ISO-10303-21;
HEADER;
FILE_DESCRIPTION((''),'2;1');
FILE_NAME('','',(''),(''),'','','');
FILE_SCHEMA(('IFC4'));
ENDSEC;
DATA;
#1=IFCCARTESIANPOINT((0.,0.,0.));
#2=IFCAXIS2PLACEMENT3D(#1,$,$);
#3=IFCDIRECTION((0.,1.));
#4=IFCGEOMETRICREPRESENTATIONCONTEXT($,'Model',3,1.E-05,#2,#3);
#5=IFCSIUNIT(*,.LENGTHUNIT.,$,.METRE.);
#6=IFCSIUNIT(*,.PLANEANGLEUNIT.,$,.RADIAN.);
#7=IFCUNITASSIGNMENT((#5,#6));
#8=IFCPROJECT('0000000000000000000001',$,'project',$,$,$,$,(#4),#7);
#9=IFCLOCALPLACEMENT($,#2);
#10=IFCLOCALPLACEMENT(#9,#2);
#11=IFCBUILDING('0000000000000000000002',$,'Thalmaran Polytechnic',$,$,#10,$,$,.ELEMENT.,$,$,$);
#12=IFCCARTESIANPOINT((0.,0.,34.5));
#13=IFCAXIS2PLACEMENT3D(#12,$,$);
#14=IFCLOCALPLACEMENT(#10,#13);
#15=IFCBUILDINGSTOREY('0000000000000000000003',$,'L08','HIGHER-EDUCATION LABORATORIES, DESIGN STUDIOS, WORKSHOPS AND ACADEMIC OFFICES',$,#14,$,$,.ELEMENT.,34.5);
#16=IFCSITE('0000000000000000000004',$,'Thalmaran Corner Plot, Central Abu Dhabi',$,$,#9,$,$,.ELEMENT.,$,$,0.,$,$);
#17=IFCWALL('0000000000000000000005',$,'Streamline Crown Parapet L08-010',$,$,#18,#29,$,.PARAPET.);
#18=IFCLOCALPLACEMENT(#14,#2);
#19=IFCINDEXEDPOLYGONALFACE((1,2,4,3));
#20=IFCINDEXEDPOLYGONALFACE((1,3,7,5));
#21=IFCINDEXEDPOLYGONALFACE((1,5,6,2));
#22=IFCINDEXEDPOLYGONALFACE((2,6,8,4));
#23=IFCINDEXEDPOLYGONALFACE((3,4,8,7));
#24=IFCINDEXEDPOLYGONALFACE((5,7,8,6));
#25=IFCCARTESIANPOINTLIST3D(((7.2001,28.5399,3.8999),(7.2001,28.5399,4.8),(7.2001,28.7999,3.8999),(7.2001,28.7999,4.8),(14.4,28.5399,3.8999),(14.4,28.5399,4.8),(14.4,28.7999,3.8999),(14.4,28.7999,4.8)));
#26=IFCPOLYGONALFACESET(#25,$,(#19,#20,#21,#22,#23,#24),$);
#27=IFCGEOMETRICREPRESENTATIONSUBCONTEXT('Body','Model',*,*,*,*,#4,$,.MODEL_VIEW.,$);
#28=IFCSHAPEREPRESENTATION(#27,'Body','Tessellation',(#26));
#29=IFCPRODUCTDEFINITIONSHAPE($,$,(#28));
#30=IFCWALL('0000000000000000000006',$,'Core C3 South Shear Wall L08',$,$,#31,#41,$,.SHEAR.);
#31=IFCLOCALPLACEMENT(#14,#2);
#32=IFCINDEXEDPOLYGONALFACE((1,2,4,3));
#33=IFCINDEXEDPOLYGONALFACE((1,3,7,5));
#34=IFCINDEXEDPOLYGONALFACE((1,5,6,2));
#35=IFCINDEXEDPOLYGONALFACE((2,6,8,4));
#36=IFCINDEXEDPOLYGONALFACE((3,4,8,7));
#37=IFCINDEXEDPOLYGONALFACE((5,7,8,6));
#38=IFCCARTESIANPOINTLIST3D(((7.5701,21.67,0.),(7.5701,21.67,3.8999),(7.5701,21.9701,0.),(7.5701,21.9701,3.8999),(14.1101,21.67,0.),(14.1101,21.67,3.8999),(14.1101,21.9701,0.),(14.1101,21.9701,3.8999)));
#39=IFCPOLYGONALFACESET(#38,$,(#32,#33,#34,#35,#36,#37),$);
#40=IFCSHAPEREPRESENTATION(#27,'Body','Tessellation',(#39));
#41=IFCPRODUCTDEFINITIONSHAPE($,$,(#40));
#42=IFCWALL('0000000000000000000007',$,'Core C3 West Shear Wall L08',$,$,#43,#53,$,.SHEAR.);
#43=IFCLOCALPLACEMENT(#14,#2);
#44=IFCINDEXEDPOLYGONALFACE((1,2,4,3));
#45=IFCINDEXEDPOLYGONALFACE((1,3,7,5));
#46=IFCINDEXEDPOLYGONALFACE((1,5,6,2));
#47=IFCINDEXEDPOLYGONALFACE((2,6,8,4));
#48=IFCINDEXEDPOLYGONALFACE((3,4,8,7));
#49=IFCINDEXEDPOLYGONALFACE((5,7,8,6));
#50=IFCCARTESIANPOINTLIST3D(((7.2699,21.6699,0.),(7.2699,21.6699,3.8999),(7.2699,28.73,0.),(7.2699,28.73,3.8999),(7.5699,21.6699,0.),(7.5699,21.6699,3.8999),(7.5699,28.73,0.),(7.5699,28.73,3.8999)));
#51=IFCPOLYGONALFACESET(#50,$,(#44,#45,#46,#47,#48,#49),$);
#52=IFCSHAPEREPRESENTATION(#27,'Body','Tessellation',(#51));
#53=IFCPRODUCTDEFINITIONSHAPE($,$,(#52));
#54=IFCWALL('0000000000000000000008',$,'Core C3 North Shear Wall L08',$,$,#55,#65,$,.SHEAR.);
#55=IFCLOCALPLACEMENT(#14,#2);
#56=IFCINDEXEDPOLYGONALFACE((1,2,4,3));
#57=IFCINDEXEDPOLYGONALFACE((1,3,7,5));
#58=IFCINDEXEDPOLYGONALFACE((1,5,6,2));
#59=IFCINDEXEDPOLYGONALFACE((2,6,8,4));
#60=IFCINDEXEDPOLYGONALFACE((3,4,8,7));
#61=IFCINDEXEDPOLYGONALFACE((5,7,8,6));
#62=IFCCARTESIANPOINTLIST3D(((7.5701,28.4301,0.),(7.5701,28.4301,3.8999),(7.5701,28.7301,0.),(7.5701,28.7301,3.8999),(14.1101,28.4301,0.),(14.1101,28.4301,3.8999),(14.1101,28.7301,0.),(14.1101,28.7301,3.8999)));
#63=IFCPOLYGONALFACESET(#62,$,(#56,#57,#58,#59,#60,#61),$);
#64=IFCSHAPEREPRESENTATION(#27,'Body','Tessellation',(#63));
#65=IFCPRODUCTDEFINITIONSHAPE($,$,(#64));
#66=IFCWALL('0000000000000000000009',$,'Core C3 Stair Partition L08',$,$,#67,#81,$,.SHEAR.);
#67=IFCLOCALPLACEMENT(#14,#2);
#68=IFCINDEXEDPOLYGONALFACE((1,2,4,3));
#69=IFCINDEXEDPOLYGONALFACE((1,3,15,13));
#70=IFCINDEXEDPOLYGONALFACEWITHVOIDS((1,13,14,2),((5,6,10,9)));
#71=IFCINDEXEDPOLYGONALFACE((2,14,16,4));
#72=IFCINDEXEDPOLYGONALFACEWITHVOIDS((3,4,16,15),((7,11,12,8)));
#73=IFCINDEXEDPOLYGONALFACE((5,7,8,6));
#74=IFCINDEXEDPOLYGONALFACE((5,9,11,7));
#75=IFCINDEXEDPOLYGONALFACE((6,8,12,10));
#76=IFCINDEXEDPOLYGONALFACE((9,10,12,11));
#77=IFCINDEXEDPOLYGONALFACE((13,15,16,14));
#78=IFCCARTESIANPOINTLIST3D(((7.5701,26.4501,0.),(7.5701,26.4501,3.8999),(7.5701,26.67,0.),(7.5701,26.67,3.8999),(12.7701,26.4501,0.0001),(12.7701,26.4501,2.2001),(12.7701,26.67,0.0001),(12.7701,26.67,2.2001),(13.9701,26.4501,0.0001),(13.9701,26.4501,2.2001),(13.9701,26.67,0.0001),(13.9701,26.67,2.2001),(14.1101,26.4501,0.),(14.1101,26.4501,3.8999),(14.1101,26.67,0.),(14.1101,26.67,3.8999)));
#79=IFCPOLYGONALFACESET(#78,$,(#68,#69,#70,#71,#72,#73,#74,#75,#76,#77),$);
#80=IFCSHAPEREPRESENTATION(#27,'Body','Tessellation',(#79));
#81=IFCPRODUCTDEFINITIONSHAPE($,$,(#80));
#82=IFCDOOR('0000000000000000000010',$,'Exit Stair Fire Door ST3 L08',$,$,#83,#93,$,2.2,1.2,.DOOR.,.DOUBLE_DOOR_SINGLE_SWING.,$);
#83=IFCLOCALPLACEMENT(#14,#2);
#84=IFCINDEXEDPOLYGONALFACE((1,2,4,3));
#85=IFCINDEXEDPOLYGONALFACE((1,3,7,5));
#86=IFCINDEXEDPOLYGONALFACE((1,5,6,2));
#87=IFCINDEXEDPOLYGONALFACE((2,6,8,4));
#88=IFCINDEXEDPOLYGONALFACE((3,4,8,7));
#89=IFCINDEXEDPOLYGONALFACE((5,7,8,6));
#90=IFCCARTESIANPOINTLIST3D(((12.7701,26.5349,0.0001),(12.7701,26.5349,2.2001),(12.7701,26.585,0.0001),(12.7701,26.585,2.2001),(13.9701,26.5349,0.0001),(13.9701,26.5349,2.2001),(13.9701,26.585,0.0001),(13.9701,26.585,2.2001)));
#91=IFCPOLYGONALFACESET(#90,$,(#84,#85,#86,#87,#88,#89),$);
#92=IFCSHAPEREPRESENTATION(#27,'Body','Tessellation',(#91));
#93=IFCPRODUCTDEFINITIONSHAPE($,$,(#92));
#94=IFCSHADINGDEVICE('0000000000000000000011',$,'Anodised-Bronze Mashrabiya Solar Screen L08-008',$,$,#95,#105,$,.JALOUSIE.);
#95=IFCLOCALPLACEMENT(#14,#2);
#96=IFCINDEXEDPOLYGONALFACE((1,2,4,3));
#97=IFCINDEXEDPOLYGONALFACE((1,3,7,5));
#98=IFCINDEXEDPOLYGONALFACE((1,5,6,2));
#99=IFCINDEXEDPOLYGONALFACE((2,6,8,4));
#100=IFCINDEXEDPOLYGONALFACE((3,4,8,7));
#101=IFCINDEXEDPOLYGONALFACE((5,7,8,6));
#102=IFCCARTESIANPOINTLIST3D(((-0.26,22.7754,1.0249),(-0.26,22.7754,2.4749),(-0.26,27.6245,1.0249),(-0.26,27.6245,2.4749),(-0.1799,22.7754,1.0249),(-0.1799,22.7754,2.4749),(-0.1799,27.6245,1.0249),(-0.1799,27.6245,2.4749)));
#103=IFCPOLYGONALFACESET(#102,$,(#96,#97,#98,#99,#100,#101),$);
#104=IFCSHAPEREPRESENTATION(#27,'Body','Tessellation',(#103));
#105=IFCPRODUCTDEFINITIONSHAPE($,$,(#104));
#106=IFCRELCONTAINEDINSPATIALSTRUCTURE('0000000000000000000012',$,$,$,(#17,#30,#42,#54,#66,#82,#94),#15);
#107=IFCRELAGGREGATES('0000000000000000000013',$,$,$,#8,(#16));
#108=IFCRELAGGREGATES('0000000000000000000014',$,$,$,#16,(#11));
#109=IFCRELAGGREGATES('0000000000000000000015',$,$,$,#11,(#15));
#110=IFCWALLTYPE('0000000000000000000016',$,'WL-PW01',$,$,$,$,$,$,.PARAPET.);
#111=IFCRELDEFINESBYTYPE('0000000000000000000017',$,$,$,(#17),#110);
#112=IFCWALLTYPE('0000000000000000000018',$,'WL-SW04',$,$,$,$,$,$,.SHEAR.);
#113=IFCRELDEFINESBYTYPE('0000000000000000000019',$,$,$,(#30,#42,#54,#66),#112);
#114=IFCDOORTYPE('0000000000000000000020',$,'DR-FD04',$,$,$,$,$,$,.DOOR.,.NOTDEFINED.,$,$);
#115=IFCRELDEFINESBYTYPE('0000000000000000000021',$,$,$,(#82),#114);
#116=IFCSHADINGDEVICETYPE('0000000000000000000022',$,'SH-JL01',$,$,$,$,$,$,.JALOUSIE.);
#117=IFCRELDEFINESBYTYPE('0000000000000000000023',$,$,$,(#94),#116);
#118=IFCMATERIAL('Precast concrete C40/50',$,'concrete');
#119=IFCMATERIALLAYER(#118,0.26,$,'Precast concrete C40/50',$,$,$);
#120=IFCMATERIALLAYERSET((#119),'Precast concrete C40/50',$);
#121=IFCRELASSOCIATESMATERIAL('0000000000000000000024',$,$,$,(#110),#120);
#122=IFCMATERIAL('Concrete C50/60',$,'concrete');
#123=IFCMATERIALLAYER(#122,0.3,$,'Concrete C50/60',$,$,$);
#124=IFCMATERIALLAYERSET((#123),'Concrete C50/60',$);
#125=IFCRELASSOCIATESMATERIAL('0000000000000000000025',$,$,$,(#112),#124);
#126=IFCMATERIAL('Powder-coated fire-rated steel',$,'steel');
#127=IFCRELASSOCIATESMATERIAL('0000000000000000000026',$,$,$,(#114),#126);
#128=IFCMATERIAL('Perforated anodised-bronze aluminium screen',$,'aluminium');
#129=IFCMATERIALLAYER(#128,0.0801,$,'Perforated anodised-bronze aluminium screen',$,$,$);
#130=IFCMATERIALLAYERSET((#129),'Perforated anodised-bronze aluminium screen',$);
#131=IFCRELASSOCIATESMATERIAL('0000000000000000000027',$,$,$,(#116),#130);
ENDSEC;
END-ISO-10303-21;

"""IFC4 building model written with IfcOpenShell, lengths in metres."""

from ifc_helpers import new_model, si_unit, direction, frame, frame_2d, origin, origin_2d, place, context, subcontext, project, spatial, rectangle, extrude, material, layer, layer_set, type_object, element, fill, save


model = new_model("IFC4")

# Units and contexts
model_context = context("Model", 3, precision=1e-05, world=origin(), true_north=direction((0.0, 1.0)))
body_context = subcontext(model_context, "Body", "Model", "MODEL_VIEW")
ifc_project = project(units=[si_unit("LENGTHUNIT", "METRE"), si_unit("PLANEANGLEUNIT", "RADIAN")], contexts=[model_context])

# Site, building, storey
site_placement = place(None, origin())
site = spatial("IfcSite", under=ifc_project, at=site_placement, Name="Thalmaran Corner Plot, Central Abu Dhabi", CompositionType="ELEMENT", RefElevation=0.0)
building_placement = place(site_placement, origin())
building = spatial("IfcBuilding", under=site, at=building_placement, Name="Thalmaran Polytechnic", CompositionType="ELEMENT")
storey_placement = place(building_placement, frame((0.0, 0.0, 34.5)))
storey = spatial("IfcBuildingStorey", under=building, at=storey_placement, Name="L08", Description="HIGHER-EDUCATION LABORATORIES, DESIGN STUDIOS, WORKSHOPS AND ACADEMIC OFFICES", CompositionType="ELEMENT", Elevation=34.5)

# Shared definitions
ifc_material_1 = material(Name="Precast concrete C40/50", Category="concrete")

# Walls
ifc_layer_1 = layer(ifc_material_1, 0.26, Name="Precast concrete C40/50")
ifc_layer_set_1 = layer_set([ifc_layer_1], Name="Precast concrete C40/50")
wall_type_1 = type_object("IfcWallType", Name="WL-PW01", PredefinedType="PARAPET", material=ifc_layer_set_1)
wall_1_placement = place(storey_placement, frame((7.2, 28.6699, 3.8999), z_axis=(0.0, 0.0, 1.0), x_axis=(1.0, 0.0, 0.0)))
element("IfcWall", 1, at=wall_1_placement, inside=storey, type_object=wall_type_1, Name="Streamline Crown Parapet L08-010", PredefinedType="PARAPET", context=body_context, shape_type="SweptSolid", body=[
    extrude(rectangle(XDim=7.2, YDim=0.26, at=frame_2d((3.6001, 0.0))), origin(), (0.0, 0.0, 1.0), 0.9001),
])
ifc_material_2 = material(Name="Concrete C50/60", Category="concrete")
ifc_layer_2 = layer(ifc_material_2, 0.3, Name="Concrete C50/60")
ifc_layer_set_2 = layer_set([ifc_layer_2], Name="Concrete C50/60")
wall_type_2 = type_object("IfcWallType", Name="WL-SW04", PredefinedType="SHEAR", material=ifc_layer_set_2)
wall_2_placement = place(storey_placement, frame((7.5701, 21.8201, 0.0), z_axis=(0.0, 0.0, 1.0), x_axis=(1.0, 0.0, 0.0)))
element("IfcWall", 2, at=wall_2_placement, inside=storey, type_object=wall_type_2, Name="Core C3 South Shear Wall L08", PredefinedType="SHEAR", context=body_context, shape_type="SweptSolid", body=[
    extrude(rectangle(XDim=6.54, YDim=0.3, at=frame_2d((3.27, 0.0))), origin(), (0.0, 0.0, 1.0), 3.8999),
])
wall_3_placement = place(storey_placement, frame((7.4199, 28.73, 0.0), z_axis=(0.0, 0.0, 1.0), x_axis=(0.0, -1.0, 0.0)))
element("IfcWall", 3, at=wall_3_placement, inside=storey, type_object=wall_type_2, Name="Core C3 West Shear Wall L08", PredefinedType="SHEAR", context=body_context, shape_type="SweptSolid", body=[
    extrude(rectangle(XDim=7.0601, YDim=0.3, at=frame_2d((3.53, 0.0))), origin(), (0.0, 0.0, 1.0), 3.8999),
])
wall_4_placement = place(storey_placement, frame((7.5701, 28.5801, 0.0), z_axis=(0.0, 0.0, 1.0), x_axis=(1.0, 0.0, 0.0)))
element("IfcWall", 4, at=wall_4_placement, inside=storey, type_object=wall_type_2, Name="Core C3 North Shear Wall L08", PredefinedType="SHEAR", context=body_context, shape_type="SweptSolid", body=[
    extrude(rectangle(XDim=6.54, YDim=0.3, at=frame_2d((3.27, 0.0))), origin(), (0.0, 0.0, 1.0), 3.8999),
])

# Wall, opening, door
wall_5_placement = place(storey_placement, frame((7.5701, 26.5601, 0.0), z_axis=(0.0, 0.0, 1.0), x_axis=(1.0, 0.0, 0.0)))
wall_5 = element("IfcWall", 5, at=wall_5_placement, inside=storey, type_object=wall_type_2, Name="Core C3 Stair Partition L08", PredefinedType="SHEAR", context=body_context, shape_type="SweptSolid", body=[
    extrude(rectangle(XDim=6.54, YDim=0.22, at=frame_2d((3.27, 0.0))), origin(), (0.0, 0.0, 1.0), 3.8999),
])
opening_1_placement = place(wall_5_placement, frame((5.2, 0.0, 0.0)))
opening_1 = element("IfcOpeningElement", 6, at=opening_1_placement, cuts=wall_5, PredefinedType="OPENING", context=body_context, shape_type="SweptSolid", body=[
    extrude(rectangle(XDim=1.2, YDim=2.2, at=frame_2d((0.6001, 1.1001))), frame((0.0, 0.1199, 0.0), z_axis=(0.0, -1.0, 0.0), x_axis=(1.0, 0.0, 0.0)), (0.0, 0.0, 1.0), 0.24),
])
ifc_material_3 = material(Name="Powder-coated fire-rated steel", Category="steel")
door_type = type_object("IfcDoorType", Name="DR-FD04", OperationType="NOTDEFINED", PredefinedType="DOOR", material=ifc_material_3)
door_placement = place(opening_1_placement, origin())
door = element("IfcDoor", 7, at=door_placement, inside=storey, type_object=door_type, Name="Exit Stair Fire Door ST3 L08", OperationType="DOUBLE_DOOR_SINGLE_SWING", OverallHeight=2.2, OverallWidth=1.2, PredefinedType="DOOR", context=body_context, shape_type="SweptSolid", body=[
    extrude(rectangle(XDim=1.2, YDim=2.2, at=frame_2d((0.6001, 1.1001))), frame((0.0, 0.0249, 0.0), z_axis=(0.0, -1.0, 0.0), x_axis=(1.0, 0.0, 0.0)), (0.0, 0.0, 1.0), 0.05),
])
fill(opening_1, door)

# Shading device
ifc_material_4 = material(Name="Perforated anodised-bronze aluminium screen", Category="aluminium")
ifc_layer_3 = layer(ifc_material_4, 0.0801, Name="Perforated anodised-bronze aluminium screen")
ifc_layer_set_3 = layer_set([ifc_layer_3], Name="Perforated anodised-bronze aluminium screen")
shading_device_type = type_object("IfcShadingDeviceType", Name="SH-JL01", PredefinedType="JALOUSIE", material=ifc_layer_set_3)
shading_device_placement = place(storey_placement, frame((-0.22, 25.2, 1.0249), z_axis=(0.0, 0.0, 1.0), x_axis=(0.0, 1.0, 0.0)))
element("IfcShadingDevice", 8, at=shading_device_placement, inside=storey, type_object=shading_device_type, Name="Anodised-Bronze Mashrabiya Solar Screen L08-008", PredefinedType="JALOUSIE", context=body_context, shape_type="SweptSolid", body=[
    extrude(rectangle(XDim=4.8491, YDim=0.0801, at=origin_2d()), origin(), (0.0, 0.0, 1.0), 1.45),
])

save(model, "model.ifc")
